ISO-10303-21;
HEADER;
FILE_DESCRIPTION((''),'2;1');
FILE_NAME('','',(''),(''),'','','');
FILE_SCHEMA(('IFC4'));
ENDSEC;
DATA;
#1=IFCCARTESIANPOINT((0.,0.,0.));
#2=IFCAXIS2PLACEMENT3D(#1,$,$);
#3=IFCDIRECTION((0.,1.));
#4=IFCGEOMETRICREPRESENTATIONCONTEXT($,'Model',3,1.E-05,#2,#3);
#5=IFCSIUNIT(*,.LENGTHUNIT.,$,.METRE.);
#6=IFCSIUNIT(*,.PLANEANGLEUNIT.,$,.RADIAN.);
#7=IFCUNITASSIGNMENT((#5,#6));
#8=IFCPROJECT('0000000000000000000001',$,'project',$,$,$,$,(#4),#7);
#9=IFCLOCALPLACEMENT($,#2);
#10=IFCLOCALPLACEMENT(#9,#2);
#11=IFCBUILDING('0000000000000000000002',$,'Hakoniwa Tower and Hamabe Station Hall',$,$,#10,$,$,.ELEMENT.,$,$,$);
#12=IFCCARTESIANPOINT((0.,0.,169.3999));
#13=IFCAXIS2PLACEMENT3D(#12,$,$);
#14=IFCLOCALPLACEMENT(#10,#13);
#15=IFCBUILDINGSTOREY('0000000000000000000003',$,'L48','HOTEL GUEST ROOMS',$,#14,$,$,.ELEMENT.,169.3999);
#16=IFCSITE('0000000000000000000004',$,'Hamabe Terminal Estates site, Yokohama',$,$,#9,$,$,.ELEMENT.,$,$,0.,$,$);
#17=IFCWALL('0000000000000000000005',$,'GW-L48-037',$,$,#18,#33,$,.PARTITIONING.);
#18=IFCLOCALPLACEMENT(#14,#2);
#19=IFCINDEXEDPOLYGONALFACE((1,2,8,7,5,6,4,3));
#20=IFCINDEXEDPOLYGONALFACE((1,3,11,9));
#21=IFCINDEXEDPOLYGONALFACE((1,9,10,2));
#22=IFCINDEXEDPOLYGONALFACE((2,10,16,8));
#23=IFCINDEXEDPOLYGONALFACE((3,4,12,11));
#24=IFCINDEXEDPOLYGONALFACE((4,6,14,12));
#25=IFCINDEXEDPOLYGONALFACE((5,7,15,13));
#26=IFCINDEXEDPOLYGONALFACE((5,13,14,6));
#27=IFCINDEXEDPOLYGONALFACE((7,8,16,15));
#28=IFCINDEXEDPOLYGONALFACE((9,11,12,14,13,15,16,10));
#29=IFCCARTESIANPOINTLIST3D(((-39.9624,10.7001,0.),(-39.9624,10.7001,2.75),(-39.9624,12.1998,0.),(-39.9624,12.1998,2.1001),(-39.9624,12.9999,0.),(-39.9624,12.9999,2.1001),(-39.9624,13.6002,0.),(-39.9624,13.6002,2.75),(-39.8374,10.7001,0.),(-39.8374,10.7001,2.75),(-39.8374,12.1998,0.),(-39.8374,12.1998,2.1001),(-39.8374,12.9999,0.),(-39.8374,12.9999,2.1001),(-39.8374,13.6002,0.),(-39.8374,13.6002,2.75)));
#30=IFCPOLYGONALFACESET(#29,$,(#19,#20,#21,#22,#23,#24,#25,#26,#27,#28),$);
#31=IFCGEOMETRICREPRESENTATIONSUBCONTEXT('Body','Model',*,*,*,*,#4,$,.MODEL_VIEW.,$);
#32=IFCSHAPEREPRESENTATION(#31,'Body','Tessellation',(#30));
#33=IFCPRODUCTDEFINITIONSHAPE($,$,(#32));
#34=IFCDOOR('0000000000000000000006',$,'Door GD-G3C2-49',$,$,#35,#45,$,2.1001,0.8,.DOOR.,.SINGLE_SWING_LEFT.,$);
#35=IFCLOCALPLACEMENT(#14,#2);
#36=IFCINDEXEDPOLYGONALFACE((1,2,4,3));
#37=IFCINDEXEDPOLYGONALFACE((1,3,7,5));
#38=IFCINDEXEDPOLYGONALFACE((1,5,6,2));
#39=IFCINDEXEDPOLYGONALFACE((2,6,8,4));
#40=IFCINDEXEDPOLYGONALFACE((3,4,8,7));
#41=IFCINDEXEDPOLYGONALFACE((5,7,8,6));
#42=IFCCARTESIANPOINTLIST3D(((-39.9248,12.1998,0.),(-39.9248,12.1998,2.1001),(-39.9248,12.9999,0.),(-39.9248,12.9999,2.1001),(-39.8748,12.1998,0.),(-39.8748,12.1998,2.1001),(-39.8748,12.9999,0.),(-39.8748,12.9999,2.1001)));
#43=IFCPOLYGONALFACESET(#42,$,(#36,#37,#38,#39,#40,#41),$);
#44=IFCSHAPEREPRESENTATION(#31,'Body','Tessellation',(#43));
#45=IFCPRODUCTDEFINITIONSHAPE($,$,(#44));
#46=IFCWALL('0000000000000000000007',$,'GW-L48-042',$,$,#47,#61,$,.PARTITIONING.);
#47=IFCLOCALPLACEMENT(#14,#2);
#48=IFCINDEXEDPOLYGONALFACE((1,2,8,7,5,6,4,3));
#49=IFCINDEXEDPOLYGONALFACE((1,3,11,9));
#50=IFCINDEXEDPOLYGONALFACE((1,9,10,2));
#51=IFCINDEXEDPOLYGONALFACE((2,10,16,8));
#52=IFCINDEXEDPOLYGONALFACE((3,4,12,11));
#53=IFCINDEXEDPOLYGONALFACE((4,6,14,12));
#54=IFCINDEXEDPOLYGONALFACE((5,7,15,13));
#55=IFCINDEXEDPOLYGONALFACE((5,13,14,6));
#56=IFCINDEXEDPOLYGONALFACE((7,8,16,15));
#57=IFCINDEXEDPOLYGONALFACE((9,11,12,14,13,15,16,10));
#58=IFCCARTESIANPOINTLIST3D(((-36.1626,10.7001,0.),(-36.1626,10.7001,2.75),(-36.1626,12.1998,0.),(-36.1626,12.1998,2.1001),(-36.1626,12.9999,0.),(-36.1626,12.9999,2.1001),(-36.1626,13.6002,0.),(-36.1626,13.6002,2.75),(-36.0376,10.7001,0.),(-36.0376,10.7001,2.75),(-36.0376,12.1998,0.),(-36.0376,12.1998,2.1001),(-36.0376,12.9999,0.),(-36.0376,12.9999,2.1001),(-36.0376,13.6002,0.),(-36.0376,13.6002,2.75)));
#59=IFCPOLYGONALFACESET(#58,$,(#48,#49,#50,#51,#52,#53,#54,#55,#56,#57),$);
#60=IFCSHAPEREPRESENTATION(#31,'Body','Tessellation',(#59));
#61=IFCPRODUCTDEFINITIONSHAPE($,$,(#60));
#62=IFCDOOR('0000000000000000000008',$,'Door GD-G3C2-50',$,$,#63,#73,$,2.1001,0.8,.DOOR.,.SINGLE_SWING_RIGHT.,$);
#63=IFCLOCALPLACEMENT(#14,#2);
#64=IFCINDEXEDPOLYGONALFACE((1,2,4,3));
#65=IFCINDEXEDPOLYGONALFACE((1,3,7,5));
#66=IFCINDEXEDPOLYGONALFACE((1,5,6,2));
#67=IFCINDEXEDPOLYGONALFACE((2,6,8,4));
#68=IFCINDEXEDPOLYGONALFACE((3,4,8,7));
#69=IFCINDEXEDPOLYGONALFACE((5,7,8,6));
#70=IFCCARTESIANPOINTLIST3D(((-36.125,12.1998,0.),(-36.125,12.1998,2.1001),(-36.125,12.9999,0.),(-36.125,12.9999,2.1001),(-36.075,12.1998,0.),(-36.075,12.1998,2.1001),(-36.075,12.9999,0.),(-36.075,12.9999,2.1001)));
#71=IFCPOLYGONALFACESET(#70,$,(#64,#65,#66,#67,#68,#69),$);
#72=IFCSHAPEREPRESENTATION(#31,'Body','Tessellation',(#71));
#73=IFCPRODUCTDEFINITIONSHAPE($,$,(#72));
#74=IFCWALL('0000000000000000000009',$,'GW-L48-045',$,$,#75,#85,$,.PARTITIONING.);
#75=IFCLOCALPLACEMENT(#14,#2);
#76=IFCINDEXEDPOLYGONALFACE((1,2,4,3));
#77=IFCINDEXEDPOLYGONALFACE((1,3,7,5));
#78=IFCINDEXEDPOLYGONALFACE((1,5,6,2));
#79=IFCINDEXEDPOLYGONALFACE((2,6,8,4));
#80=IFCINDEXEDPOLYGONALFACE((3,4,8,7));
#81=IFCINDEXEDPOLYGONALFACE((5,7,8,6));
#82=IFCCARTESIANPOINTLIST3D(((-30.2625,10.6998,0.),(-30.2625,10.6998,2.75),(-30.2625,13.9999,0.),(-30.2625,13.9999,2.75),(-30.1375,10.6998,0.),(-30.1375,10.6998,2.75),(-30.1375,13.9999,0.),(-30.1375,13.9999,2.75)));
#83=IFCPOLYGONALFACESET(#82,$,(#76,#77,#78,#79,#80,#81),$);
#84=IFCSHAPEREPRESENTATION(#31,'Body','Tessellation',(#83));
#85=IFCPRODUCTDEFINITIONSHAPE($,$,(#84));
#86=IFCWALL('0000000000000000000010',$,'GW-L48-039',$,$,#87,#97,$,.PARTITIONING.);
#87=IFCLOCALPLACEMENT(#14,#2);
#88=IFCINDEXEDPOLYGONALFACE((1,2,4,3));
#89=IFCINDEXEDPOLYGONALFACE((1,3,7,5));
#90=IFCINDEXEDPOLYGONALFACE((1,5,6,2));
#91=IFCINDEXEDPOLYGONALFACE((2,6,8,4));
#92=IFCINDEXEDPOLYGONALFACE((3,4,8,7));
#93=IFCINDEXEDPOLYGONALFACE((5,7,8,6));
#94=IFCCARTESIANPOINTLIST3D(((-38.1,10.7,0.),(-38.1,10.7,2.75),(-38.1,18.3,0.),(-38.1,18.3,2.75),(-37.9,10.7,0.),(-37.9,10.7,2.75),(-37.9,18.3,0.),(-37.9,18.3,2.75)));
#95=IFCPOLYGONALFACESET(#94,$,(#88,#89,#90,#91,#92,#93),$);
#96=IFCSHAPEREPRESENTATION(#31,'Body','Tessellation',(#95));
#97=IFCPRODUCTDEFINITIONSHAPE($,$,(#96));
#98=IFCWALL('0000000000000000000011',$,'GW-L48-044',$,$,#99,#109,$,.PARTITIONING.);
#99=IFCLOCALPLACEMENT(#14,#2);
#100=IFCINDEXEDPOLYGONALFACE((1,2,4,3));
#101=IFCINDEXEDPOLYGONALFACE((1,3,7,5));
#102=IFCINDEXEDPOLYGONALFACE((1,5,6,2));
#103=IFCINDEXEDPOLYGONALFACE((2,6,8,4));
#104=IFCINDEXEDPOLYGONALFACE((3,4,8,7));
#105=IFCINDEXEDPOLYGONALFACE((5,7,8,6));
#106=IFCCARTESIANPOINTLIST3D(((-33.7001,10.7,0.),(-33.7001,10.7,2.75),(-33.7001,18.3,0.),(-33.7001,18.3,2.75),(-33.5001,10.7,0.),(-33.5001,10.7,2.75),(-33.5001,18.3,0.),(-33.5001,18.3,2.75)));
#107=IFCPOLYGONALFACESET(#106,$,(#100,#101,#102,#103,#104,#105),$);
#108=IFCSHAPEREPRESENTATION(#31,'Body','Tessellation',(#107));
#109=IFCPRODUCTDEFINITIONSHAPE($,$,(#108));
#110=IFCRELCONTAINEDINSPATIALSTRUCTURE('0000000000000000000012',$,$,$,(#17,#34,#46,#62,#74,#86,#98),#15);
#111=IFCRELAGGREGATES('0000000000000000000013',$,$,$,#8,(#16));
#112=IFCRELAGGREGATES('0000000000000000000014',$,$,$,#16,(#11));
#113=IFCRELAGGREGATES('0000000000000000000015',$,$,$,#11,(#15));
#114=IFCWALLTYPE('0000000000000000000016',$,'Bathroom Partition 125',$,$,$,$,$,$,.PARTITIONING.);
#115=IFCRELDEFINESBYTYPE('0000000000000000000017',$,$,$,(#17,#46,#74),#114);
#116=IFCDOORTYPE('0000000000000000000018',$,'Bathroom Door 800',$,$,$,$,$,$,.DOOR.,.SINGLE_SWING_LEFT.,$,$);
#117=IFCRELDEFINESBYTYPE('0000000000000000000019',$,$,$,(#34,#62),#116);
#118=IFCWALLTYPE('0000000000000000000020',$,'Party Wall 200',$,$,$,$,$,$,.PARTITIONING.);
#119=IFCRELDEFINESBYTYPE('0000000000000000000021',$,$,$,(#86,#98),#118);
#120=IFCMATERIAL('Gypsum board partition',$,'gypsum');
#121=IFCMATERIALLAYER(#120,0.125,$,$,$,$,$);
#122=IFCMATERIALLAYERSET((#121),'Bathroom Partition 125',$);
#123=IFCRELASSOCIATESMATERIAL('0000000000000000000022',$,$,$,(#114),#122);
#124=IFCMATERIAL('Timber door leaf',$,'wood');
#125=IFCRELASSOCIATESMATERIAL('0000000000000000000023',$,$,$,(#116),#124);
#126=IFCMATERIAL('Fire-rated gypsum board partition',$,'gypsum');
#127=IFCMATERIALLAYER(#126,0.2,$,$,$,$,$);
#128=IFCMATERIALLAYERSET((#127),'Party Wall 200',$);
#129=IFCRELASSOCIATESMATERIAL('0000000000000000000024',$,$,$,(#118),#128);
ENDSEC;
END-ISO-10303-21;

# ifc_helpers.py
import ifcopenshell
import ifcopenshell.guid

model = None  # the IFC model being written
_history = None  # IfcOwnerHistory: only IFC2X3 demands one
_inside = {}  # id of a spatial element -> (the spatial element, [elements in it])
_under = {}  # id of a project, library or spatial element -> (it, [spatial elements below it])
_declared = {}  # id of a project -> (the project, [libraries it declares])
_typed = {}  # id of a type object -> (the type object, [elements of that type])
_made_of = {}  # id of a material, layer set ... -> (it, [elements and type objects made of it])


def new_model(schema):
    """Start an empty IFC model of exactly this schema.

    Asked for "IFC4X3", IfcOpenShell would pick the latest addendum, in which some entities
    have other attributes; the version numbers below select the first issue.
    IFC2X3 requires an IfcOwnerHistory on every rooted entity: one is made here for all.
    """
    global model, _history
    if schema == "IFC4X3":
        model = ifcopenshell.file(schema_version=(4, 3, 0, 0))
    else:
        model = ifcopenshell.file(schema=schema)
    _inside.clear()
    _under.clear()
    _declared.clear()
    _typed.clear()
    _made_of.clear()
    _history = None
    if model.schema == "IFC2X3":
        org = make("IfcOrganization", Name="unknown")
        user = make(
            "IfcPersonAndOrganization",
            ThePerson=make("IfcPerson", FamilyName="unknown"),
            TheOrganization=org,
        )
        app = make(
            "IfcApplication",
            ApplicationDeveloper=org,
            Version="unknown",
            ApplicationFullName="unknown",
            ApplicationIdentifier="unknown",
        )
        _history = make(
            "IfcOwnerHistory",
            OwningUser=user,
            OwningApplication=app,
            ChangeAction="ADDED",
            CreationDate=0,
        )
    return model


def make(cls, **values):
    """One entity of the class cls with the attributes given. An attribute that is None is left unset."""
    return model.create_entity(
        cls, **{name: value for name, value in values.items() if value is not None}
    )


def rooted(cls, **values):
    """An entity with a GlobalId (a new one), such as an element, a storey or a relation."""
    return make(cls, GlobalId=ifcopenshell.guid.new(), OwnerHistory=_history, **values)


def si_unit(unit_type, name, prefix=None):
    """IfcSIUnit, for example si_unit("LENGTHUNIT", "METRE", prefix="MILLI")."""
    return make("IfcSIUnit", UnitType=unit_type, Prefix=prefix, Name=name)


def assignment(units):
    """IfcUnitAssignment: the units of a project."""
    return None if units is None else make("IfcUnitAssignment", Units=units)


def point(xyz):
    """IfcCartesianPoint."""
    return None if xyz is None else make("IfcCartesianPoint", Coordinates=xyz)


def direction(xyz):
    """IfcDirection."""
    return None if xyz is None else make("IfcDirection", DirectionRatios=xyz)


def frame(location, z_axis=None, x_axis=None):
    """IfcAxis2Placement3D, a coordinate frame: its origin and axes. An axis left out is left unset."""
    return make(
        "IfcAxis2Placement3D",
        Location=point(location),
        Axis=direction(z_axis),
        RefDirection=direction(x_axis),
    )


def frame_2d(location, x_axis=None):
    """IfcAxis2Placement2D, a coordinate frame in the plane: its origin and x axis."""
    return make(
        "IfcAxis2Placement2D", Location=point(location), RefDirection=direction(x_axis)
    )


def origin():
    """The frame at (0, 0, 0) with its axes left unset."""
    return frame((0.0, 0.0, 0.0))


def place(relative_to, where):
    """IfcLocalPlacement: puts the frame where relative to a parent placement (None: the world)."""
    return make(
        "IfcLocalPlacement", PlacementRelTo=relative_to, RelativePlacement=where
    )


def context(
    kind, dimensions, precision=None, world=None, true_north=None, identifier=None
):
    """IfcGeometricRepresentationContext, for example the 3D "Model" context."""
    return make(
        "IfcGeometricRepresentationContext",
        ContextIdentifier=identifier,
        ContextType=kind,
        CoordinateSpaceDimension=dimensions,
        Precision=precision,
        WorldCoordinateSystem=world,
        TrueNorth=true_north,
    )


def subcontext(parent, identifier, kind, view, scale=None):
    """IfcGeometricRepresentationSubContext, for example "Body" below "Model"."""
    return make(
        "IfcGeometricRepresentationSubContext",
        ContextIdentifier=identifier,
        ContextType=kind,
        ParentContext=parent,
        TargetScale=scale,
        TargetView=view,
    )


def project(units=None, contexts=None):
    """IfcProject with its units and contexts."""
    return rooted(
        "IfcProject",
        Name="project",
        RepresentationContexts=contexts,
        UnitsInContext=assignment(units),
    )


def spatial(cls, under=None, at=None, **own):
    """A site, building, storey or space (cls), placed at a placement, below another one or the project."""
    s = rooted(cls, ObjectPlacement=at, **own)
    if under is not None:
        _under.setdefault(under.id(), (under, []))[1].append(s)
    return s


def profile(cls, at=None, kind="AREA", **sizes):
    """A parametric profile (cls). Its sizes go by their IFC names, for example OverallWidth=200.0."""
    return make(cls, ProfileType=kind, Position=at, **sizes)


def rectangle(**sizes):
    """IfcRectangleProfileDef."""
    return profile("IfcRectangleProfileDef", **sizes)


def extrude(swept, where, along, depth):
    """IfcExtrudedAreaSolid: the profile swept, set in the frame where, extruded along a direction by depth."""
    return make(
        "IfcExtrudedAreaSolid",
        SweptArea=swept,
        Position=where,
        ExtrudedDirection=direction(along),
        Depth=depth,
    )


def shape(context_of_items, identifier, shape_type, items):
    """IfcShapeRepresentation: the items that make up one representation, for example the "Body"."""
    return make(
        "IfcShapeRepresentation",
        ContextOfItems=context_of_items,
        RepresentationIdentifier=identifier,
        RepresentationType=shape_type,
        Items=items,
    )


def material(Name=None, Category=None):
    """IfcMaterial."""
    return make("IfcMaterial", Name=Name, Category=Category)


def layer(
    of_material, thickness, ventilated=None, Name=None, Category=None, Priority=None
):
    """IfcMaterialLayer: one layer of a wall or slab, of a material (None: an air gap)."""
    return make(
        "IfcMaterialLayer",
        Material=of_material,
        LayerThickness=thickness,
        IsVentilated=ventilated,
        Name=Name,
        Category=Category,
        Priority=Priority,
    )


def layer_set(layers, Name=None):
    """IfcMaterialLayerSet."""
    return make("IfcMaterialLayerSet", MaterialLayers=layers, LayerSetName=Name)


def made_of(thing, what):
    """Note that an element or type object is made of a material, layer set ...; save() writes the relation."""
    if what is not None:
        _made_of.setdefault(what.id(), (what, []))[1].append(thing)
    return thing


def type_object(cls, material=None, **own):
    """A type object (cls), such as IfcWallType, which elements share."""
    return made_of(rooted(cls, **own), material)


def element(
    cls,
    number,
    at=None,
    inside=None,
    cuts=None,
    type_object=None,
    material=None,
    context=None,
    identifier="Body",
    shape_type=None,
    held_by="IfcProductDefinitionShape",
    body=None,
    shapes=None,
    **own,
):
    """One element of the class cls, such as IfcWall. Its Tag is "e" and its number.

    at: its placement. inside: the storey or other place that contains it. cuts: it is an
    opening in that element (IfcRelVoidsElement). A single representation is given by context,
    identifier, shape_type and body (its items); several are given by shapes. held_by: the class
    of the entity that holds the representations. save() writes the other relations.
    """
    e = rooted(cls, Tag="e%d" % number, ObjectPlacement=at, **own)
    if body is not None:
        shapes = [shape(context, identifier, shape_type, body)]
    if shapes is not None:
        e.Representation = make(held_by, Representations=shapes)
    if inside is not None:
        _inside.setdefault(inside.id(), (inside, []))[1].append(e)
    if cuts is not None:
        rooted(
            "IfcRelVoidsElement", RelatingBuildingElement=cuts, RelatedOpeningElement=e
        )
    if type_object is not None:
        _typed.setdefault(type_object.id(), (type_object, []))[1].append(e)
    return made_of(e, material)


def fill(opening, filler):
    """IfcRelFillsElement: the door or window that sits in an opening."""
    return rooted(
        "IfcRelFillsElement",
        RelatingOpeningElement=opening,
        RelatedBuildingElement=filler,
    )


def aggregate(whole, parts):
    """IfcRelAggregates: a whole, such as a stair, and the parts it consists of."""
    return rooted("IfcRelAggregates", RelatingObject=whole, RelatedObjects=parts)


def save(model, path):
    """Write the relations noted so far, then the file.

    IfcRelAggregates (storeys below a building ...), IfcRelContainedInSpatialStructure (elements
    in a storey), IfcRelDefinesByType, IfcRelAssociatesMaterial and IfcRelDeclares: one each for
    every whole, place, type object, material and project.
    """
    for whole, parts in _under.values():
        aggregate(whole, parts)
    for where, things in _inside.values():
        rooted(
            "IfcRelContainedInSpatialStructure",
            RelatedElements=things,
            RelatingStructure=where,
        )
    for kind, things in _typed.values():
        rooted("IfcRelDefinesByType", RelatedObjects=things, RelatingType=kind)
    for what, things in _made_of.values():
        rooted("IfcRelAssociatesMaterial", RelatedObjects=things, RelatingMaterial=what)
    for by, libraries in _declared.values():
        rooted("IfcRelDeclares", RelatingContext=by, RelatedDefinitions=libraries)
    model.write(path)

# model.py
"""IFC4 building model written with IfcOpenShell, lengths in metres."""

from ifc_helpers import new_model, si_unit, direction, frame, frame_2d, origin, place, context, subcontext, project, spatial, rectangle, extrude, material, layer, layer_set, type_object, element, fill, save


model = new_model("IFC4")

# Units and contexts
model_context = context("Model", 3, precision=1e-05, world=origin(), true_north=direction((0.0, 1.0)))
body_context = subcontext(model_context, "Body", "Model", "MODEL_VIEW")
ifc_project = project(units=[si_unit("LENGTHUNIT", "METRE"), si_unit("PLANEANGLEUNIT", "RADIAN")], contexts=[model_context])

# Site, building, storey
site_placement = place(None, origin())
site = spatial("IfcSite", under=ifc_project, at=site_placement, Name="Hamabe Terminal Estates site, Yokohama", CompositionType="ELEMENT", RefElevation=0.0)
building_placement = place(site_placement, origin())
building = spatial("IfcBuilding", under=site, at=building_placement, Name="Hakoniwa Tower and Hamabe Station Hall", CompositionType="ELEMENT")
storey_placement = place(building_placement, frame((0.0, 0.0, 169.3999)))
storey = spatial("IfcBuildingStorey", under=building, at=storey_placement, Name="L48", Description="HOTEL GUEST ROOMS", CompositionType="ELEMENT", Elevation=169.3999)

# Shared definitions
ifc_material_1 = material(Name="Gypsum board partition", Category="gypsum")
ifc_layer_1 = layer(ifc_material_1, 0.125)
ifc_layer_set_1 = layer_set([ifc_layer_1], Name="Bathroom Partition 125")
wall_type_1 = type_object("IfcWallType", Name="Bathroom Partition 125", PredefinedType="PARTITIONING", material=ifc_layer_set_1)

# Walls, openings, doors
ifc_material_2 = material(Name="Timber door leaf", Category="wood")
door_type = type_object("IfcDoorType", Name="Bathroom Door 800", OperationType="SINGLE_SWING_LEFT", PredefinedType="DOOR", material=ifc_material_2)
wall_1_placement = place(storey_placement, frame((-39.8999, 10.7, 0.0), z_axis=(0.0, 0.0, 1.0), x_axis=(0.0, 1.0, 0.0)))
wall_1 = element("IfcWall", 1, at=wall_1_placement, inside=storey, type_object=wall_type_1, Name="GW-L48-037", PredefinedType="PARTITIONING", context=body_context, shape_type="SweptSolid", body=[
    extrude(rectangle(XDim=2.9001, YDim=0.125, at=frame_2d((1.4502, 0.0))), origin(), (0.0, 0.0, 1.0), 2.75),
])
opening_1_placement = place(wall_1_placement, frame((1.5, 0.0, 0.0)))
opening_1 = element("IfcOpeningElement", 2, at=opening_1_placement, cuts=wall_1, PredefinedType="OPENING", context=body_context, shape_type="SweptSolid", body=[
    extrude(rectangle(XDim=0.8, YDim=2.1001, at=frame_2d((0.3999, 1.05))), frame((0.0, 0.0725, 0.0), z_axis=(0.0, -1.0, 0.0), x_axis=(1.0, 0.0, 0.0)), (0.0, 0.0, 1.0), 0.145),
])
door_1_placement = place(opening_1_placement, origin())
door_1 = element("IfcDoor", 3, at=door_1_placement, inside=storey, type_object=door_type, Name="Door GD-G3C2-49", OperationType="SINGLE_SWING_LEFT", OverallHeight=2.1001, OverallWidth=0.8, PredefinedType="DOOR", context=body_context, shape_type="SweptSolid", body=[
    extrude(rectangle(XDim=0.8, YDim=2.1001, at=frame_2d((0.3999, 1.05))), frame((0.0, 0.0249, 0.0), z_axis=(0.0, -1.0, 0.0), x_axis=(1.0, 0.0, 0.0)), (0.0, 0.0, 1.0), 0.05),
])
fill(opening_1, door_1)
wall_2_placement = place(storey_placement, frame((-36.1001, 10.7, 0.0), z_axis=(0.0, 0.0, 1.0), x_axis=(0.0, 1.0, 0.0)))
wall_2 = element("IfcWall", 4, at=wall_2_placement, inside=storey, type_object=wall_type_1, Name="GW-L48-042", PredefinedType="PARTITIONING", context=body_context, shape_type="SweptSolid", body=[
    extrude(rectangle(XDim=2.9001, YDim=0.125, at=frame_2d((1.4502, 0.0))), origin(), (0.0, 0.0, 1.0), 2.75),
])
opening_2_placement = place(wall_2_placement, frame((1.5, 0.0, 0.0)))
opening_2 = element("IfcOpeningElement", 5, at=opening_2_placement, cuts=wall_2, PredefinedType="OPENING", context=body_context, shape_type="SweptSolid", body=[
    extrude(rectangle(XDim=0.8, YDim=2.1001, at=frame_2d((0.3999, 1.05))), frame((0.0, 0.0725, 0.0), z_axis=(0.0, -1.0, 0.0), x_axis=(1.0, 0.0, 0.0)), (0.0, 0.0, 1.0), 0.145),
])
door_2_placement = place(opening_2_placement, origin())
door_2 = element("IfcDoor", 6, at=door_2_placement, inside=storey, type_object=door_type, Name="Door GD-G3C2-50", OperationType="SINGLE_SWING_RIGHT", OverallHeight=2.1001, OverallWidth=0.8, PredefinedType="DOOR", context=body_context, shape_type="SweptSolid", body=[
    extrude(rectangle(XDim=0.8, YDim=2.1001, at=frame_2d((0.3999, 1.05))), frame((0.0, 0.0249, 0.0), z_axis=(0.0, -1.0, 0.0), x_axis=(1.0, 0.0, 0.0)), (0.0, 0.0, 1.0), 0.05),
])
fill(opening_2, door_2)

# Walls
wall_3_placement = place(storey_placement, frame((-30.2, 10.7, 0.0), z_axis=(0.0, 0.0, 1.0), x_axis=(0.0, 1.0, 0.0)))
element("IfcWall", 7, at=wall_3_placement, inside=storey, type_object=wall_type_1, Name="GW-L48-045", PredefinedType="PARTITIONING", context=body_context, shape_type="SweptSolid", body=[
    extrude(rectangle(XDim=3.3, YDim=0.125, at=frame_2d((1.6499, 0.0))), origin(), (0.0, 0.0, 1.0), 2.75),
])
ifc_material_3 = material(Name="Fire-rated gypsum board partition", Category="gypsum")
ifc_layer_2 = layer(ifc_material_3, 0.2)
ifc_layer_set_2 = layer_set([ifc_layer_2], Name="Party Wall 200")
wall_type_2 = type_object("IfcWallType", Name="Party Wall 200", PredefinedType="PARTITIONING", material=ifc_layer_set_2)
for number, where, z_axis, x_axis, name in (
    (8, (-38.0, 10.7, 0.0), (0.0, 0.0, 1.0), (0.0, 1.0, 0.0), "GW-L48-039"),
    (9, (-33.6001, 10.7, 0.0), (0.0, 0.0, 1.0), (0.0, 1.0, 0.0), "GW-L48-044"),
):
    element("IfcWall", number, at=place(storey_placement, frame(where, z_axis=z_axis, x_axis=x_axis)), inside=storey, type_object=wall_type_2, Name=name, PredefinedType="PARTITIONING", context=body_context, shape_type="SweptSolid", body=[
        extrude(rectangle(XDim=7.6001, YDim=0.2, at=frame_2d((3.8, 0.0))), origin(), (0.0, 0.0, 1.0), 2.75),
    ])

save(model, "model.ifc")
